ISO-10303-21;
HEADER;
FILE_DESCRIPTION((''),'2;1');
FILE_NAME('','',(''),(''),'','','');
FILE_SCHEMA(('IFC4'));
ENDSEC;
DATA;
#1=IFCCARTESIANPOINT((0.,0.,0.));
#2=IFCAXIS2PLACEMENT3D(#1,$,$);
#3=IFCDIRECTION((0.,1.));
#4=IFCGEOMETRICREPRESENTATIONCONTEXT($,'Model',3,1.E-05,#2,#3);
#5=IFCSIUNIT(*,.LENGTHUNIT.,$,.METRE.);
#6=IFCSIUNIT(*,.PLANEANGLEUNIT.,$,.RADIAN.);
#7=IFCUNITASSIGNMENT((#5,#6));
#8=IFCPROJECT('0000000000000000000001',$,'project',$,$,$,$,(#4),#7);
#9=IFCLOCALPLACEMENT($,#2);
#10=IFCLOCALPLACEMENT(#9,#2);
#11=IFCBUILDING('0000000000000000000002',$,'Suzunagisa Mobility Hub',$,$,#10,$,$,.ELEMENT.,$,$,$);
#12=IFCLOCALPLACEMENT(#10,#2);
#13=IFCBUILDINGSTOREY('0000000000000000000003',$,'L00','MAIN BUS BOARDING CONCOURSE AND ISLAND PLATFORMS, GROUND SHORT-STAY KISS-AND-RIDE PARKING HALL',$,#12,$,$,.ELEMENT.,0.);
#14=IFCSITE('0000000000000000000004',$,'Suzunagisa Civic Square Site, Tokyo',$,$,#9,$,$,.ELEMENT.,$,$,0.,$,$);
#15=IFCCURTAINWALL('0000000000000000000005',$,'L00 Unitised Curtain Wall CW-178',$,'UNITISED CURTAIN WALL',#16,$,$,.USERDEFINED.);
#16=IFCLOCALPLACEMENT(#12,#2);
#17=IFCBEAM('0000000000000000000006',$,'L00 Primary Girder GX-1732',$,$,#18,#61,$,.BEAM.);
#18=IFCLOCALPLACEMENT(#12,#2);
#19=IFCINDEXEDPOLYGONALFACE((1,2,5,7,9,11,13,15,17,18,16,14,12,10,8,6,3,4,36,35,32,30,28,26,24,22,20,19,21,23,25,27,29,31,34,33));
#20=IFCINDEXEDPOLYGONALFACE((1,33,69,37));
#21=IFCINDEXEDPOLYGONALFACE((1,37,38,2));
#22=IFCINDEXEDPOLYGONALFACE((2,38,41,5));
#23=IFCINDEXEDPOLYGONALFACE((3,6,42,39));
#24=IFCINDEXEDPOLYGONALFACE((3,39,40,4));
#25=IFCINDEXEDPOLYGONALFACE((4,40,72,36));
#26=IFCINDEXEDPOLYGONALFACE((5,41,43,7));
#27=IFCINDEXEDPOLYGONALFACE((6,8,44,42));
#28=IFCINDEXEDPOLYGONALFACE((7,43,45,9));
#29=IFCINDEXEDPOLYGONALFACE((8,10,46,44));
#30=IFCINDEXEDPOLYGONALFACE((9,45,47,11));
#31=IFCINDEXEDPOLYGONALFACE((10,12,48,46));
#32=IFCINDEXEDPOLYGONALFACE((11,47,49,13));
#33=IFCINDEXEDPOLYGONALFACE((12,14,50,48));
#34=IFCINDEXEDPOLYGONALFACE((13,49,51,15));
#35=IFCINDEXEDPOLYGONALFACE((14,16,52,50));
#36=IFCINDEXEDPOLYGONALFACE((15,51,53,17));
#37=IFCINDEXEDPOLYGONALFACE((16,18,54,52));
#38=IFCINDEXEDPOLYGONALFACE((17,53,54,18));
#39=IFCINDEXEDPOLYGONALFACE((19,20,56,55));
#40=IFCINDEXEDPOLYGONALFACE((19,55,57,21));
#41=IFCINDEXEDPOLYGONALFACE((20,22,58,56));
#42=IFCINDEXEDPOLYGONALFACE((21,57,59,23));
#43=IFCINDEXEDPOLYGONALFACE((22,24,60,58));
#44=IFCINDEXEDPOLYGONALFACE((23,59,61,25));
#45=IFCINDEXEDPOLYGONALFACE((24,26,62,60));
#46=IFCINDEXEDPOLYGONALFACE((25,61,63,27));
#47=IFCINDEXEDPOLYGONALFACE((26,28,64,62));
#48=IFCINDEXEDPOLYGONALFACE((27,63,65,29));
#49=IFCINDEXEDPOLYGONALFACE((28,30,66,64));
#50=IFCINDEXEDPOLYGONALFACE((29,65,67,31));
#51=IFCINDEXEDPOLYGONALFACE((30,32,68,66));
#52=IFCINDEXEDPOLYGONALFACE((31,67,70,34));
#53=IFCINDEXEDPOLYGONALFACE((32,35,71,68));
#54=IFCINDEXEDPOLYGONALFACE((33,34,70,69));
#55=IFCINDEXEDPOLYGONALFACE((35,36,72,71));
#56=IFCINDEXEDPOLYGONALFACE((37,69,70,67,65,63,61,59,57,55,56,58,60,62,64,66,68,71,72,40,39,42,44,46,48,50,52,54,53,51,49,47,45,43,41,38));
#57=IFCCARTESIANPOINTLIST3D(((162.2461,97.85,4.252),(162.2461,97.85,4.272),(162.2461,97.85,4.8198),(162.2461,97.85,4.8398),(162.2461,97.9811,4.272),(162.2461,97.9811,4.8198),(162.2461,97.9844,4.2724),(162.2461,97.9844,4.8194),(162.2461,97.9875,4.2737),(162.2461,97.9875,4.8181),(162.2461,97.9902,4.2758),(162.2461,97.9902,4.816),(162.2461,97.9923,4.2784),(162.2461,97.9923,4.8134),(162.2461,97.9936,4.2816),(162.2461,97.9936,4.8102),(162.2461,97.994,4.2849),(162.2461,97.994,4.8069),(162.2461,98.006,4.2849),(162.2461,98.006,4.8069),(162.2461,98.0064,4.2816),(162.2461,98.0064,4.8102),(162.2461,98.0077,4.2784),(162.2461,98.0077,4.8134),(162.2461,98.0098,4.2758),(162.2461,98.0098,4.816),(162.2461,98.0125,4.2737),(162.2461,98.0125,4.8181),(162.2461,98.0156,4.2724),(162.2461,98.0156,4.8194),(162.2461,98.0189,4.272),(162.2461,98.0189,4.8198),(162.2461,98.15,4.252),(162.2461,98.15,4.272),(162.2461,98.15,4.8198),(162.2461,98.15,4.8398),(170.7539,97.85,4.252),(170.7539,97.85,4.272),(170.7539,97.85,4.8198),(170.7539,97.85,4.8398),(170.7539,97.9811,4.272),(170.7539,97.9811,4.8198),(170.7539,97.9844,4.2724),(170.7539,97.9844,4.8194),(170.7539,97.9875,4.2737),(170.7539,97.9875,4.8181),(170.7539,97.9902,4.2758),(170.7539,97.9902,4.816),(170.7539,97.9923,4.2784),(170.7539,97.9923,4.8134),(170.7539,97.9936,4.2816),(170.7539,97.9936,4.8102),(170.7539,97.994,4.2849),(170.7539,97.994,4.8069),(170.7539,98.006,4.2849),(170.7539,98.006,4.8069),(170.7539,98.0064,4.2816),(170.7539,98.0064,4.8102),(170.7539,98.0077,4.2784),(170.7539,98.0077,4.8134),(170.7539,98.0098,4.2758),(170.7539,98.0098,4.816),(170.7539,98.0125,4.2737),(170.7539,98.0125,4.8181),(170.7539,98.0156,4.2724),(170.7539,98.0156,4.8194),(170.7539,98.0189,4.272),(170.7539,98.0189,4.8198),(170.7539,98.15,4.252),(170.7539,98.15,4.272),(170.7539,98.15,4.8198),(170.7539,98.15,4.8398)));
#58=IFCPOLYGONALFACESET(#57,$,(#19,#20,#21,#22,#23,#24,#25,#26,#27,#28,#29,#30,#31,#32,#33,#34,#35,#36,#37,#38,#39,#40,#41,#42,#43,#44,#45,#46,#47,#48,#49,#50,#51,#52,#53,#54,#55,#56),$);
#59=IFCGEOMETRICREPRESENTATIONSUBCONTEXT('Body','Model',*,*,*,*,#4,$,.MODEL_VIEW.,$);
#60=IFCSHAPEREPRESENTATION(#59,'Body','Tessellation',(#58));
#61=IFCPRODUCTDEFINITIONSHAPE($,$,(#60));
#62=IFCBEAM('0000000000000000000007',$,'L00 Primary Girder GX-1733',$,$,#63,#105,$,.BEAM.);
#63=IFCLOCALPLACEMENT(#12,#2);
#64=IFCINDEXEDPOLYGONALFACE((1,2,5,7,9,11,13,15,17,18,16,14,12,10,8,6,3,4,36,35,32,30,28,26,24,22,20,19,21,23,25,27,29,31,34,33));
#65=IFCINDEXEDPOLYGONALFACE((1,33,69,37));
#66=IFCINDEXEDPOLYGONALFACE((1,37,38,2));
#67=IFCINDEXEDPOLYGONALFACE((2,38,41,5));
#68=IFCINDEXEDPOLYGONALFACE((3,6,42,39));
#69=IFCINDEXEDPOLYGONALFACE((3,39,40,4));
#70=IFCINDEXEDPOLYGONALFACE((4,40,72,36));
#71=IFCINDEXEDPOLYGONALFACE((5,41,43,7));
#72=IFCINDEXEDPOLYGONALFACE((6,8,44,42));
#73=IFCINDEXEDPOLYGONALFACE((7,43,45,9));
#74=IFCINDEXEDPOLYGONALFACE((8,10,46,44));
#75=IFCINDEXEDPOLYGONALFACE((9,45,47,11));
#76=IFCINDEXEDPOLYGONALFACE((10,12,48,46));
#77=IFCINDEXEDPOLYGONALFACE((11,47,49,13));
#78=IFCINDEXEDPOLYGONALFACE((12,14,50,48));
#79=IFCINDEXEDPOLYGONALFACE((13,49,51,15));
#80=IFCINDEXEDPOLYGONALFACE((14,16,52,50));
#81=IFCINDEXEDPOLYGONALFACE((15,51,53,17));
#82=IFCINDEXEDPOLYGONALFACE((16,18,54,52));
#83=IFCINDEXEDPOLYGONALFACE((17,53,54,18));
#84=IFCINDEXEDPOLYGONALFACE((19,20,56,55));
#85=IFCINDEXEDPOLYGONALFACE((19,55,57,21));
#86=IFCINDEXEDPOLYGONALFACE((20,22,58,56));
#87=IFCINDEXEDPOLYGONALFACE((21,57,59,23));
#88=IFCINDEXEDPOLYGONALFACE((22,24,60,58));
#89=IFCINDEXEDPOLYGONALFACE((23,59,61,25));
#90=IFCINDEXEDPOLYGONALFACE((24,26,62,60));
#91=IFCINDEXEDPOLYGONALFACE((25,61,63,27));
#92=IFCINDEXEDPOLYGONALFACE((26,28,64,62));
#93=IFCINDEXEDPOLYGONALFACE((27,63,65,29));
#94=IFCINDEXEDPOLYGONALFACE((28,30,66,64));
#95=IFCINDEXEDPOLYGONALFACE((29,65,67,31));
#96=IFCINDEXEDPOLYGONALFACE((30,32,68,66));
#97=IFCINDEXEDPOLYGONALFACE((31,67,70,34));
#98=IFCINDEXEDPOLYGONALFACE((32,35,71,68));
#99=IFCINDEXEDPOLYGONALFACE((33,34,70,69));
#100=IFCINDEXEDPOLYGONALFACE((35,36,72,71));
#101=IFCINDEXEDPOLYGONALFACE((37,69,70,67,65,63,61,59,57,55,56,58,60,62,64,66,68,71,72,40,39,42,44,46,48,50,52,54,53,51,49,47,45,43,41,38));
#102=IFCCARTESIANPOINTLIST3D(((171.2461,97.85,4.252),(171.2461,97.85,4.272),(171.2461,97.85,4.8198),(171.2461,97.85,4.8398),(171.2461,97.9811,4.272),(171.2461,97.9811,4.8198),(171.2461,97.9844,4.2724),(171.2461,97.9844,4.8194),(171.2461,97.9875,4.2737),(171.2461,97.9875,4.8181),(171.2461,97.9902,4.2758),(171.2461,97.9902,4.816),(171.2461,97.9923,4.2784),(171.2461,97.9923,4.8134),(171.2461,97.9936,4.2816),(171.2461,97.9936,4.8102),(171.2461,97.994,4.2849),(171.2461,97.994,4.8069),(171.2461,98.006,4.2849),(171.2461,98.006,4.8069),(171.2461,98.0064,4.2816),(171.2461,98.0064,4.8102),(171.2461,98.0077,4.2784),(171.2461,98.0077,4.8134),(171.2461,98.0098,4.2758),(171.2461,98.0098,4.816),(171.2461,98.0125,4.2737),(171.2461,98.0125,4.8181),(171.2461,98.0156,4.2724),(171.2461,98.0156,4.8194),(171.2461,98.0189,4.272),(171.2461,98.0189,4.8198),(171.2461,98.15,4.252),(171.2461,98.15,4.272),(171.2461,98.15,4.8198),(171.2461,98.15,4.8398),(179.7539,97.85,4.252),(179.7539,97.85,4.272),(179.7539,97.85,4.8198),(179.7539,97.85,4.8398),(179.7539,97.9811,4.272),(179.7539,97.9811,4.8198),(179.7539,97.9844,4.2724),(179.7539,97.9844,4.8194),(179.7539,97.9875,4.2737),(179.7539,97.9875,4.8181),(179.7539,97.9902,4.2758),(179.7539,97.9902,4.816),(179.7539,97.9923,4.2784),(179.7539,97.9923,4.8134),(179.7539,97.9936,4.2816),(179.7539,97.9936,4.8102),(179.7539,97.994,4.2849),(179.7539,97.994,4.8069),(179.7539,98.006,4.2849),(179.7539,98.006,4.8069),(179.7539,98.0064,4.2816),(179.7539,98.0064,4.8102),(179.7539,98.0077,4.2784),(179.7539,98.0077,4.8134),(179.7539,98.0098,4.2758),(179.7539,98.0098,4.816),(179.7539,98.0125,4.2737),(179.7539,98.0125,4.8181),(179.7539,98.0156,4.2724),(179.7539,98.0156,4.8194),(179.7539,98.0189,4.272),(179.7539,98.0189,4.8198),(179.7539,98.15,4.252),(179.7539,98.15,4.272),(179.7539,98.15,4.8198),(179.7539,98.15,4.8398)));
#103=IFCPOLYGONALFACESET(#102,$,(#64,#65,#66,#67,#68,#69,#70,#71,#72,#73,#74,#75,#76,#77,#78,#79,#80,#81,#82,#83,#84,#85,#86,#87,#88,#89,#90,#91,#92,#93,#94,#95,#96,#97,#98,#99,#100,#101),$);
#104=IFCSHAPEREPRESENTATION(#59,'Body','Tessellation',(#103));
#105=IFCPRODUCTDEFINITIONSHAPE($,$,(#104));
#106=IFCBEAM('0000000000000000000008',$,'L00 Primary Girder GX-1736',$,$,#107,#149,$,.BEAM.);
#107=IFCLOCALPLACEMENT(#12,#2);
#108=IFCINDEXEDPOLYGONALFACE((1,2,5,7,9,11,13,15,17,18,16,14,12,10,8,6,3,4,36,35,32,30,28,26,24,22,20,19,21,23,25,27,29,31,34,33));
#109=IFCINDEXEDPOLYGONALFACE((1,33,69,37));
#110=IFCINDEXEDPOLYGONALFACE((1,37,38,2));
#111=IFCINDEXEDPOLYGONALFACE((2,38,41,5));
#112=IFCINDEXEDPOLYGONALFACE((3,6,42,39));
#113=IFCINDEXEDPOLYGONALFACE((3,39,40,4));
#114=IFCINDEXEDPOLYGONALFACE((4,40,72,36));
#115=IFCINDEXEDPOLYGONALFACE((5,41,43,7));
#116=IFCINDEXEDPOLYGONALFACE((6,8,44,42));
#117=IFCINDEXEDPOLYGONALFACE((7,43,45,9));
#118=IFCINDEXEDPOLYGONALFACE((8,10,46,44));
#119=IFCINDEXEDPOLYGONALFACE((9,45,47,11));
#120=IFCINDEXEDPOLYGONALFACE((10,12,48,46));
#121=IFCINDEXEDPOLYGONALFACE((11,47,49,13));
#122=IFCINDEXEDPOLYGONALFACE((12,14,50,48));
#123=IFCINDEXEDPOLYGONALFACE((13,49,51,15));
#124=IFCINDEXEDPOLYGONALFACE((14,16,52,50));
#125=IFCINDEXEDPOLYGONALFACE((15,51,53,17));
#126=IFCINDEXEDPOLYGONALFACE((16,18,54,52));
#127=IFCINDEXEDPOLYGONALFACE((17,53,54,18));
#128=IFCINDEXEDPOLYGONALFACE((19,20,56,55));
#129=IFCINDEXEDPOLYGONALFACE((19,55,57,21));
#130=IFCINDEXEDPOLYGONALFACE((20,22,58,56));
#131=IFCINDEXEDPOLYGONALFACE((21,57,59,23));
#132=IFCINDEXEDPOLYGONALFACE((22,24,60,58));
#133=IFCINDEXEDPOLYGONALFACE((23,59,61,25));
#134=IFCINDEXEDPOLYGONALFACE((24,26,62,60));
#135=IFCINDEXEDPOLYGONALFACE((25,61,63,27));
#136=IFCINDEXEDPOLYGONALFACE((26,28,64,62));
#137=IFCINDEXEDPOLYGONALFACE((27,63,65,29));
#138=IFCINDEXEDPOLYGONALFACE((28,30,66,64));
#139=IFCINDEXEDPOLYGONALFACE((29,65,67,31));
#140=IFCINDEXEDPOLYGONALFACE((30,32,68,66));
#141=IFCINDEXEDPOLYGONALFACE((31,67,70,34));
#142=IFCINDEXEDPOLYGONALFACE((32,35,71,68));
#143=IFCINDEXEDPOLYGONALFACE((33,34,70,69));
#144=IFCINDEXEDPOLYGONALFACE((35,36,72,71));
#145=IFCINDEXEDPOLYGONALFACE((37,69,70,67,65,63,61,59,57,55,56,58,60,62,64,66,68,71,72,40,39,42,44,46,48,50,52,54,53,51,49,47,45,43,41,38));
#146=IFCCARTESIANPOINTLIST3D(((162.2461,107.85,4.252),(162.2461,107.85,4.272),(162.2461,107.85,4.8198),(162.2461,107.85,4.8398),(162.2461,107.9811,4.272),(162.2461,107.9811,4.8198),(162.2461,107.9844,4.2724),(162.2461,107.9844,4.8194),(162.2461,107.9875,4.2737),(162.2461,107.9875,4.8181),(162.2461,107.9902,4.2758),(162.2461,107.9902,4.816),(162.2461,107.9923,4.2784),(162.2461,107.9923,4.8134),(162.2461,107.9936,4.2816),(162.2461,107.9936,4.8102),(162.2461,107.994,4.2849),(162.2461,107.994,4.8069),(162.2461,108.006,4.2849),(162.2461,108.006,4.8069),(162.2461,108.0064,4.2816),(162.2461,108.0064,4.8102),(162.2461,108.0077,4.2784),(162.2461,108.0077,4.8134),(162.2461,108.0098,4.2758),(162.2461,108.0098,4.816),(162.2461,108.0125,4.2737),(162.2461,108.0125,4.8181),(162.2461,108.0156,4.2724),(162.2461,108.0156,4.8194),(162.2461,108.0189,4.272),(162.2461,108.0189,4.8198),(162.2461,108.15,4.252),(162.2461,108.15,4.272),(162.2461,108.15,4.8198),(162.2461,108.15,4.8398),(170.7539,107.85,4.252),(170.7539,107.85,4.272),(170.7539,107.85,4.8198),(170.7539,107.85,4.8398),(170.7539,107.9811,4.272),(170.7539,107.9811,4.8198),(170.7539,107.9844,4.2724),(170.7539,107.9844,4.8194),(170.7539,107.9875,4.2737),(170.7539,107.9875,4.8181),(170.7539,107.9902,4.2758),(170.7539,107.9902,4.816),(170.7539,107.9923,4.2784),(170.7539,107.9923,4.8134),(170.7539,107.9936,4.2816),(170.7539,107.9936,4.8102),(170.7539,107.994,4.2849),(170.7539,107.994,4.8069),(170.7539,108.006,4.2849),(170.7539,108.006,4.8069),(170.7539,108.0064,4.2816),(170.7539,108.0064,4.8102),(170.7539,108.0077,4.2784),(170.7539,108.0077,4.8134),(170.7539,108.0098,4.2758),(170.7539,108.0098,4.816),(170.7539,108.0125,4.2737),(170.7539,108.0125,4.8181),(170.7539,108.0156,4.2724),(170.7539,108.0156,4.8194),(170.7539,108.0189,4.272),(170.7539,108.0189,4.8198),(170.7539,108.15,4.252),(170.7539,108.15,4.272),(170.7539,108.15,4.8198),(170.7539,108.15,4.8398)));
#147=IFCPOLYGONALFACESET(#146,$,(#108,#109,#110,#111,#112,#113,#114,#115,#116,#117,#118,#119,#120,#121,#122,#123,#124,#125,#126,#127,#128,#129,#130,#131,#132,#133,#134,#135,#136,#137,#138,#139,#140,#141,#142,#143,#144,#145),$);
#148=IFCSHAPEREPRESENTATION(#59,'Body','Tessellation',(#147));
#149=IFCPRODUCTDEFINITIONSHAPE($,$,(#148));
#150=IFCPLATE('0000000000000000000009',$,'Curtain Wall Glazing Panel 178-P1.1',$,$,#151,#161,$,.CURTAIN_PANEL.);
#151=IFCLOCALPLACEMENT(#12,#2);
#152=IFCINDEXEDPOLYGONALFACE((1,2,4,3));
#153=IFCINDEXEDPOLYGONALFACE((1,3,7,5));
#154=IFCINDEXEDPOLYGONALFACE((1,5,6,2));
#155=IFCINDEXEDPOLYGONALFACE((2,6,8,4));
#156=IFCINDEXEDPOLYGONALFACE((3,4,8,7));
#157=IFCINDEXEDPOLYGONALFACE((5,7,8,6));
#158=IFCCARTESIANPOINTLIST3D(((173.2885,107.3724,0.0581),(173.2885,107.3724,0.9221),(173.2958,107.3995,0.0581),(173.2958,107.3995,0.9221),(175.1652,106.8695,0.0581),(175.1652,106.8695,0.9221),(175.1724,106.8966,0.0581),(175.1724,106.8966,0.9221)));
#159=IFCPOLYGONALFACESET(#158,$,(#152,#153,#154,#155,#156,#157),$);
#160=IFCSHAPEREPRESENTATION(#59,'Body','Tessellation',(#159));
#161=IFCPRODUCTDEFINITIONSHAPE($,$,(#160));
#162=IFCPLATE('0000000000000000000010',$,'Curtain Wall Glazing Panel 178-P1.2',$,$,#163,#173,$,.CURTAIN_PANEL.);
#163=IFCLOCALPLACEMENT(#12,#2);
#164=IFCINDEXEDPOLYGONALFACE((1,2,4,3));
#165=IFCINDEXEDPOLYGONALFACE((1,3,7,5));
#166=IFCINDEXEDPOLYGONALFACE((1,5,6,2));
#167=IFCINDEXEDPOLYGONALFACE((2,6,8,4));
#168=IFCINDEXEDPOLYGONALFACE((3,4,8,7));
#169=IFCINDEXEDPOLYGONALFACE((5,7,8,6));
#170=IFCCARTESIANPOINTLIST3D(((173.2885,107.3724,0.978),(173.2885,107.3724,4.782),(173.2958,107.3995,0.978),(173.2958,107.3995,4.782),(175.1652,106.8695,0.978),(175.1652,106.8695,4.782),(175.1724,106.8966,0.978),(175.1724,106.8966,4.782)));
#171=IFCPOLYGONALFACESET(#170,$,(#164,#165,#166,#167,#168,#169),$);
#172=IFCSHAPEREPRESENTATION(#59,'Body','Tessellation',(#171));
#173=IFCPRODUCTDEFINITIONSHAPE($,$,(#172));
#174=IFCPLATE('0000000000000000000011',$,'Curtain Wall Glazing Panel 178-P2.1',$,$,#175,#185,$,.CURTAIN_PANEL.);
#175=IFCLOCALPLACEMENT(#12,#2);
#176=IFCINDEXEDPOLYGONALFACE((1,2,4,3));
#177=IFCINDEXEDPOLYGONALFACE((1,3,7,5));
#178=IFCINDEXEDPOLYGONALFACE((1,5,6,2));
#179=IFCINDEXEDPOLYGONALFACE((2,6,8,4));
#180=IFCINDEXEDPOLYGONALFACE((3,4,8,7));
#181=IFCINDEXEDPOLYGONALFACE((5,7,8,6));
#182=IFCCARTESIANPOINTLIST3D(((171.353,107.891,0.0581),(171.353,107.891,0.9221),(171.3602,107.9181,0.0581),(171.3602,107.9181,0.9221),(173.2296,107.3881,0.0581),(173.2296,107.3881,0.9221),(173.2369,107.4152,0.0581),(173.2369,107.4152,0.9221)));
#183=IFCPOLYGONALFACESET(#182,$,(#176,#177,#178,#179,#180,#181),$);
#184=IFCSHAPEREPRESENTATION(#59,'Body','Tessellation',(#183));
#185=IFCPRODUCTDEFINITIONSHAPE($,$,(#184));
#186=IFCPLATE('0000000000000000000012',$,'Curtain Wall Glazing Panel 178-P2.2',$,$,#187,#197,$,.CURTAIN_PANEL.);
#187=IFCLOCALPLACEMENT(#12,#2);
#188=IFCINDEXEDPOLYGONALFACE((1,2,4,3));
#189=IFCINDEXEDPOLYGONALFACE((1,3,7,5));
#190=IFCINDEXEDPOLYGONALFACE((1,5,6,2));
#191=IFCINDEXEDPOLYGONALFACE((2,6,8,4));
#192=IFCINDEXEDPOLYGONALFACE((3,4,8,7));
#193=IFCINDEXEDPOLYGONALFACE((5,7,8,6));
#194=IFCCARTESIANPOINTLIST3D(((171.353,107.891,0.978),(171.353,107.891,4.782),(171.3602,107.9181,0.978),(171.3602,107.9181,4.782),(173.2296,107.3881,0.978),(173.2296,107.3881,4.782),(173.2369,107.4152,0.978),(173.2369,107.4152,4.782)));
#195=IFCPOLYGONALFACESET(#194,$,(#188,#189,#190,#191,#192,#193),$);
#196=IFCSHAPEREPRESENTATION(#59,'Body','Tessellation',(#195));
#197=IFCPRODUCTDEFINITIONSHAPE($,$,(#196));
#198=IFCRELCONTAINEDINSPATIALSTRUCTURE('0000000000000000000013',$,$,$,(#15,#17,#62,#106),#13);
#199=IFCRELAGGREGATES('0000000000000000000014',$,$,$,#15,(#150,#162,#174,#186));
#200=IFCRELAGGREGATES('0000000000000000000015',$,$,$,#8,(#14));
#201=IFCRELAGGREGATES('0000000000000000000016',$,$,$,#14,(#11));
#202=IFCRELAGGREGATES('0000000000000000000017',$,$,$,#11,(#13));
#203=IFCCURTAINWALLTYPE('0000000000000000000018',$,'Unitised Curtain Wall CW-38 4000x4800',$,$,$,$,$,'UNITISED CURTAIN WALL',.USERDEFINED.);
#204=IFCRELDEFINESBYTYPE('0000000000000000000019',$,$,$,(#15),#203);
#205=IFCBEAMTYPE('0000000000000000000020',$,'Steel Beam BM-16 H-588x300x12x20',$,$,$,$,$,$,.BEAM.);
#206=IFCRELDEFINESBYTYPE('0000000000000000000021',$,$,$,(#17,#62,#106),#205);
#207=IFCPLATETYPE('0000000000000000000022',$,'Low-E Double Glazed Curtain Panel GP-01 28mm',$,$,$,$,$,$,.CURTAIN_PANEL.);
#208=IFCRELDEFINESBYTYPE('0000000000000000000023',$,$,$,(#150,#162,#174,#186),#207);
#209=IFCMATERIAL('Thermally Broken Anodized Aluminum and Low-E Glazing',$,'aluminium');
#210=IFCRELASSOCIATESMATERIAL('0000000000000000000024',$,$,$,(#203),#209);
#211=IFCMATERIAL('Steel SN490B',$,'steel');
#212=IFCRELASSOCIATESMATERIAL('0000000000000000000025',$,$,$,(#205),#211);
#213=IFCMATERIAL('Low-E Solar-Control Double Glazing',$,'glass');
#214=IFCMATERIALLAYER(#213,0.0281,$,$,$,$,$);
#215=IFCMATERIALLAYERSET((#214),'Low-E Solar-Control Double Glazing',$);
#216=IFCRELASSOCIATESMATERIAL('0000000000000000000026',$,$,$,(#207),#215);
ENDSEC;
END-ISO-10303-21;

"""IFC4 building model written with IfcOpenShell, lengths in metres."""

from ifc_helpers import new_model, si_unit, direction, frame, origin, origin_2d, place, context, subcontext, project, spatial, rectangle, i_section, extrude, material, layer, layer_set, material_profile, profile_set, type_object, element, aggregate, save


model = new_model("IFC4")

# Units and contexts
model_context = context("Model", 3, precision=1e-05, world=origin(), true_north=direction((0.0, 1.0)))
body_context = subcontext(model_context, "Body", "Model", "MODEL_VIEW")
ifc_project = project(units=[si_unit("LENGTHUNIT", "METRE"), si_unit("PLANEANGLEUNIT", "RADIAN")], contexts=[model_context])

# Site, building, storey
site_placement = place(None, origin())
site = spatial("IfcSite", under=ifc_project, at=site_placement, Name="Suzunagisa Civic Square Site, Tokyo", CompositionType="ELEMENT", RefElevation=0.0)
building_placement = place(site_placement, origin())
building = spatial("IfcBuilding", under=site, at=building_placement, Name="Suzunagisa Mobility Hub", CompositionType="ELEMENT")
storey_placement = place(building_placement, origin())
storey = spatial("IfcBuildingStorey", under=building, at=storey_placement, Name="L00", Description="MAIN BUS BOARDING CONCOURSE AND ISLAND PLATFORMS, GROUND SHORT-STAY KISS-AND-RIDE PARKING HALL", CompositionType="ELEMENT", Elevation=0.0)

# Shared definitions
ifc_material_1 = material(Name="Steel SN490B", Category="steel")

# Curtain wall
ifc_material_2 = material(Name="Thermally Broken Anodized Aluminum and Low-E Glazing", Category="aluminium")
curtain_wall_type_1 = type_object("IfcCurtainWallType", Name="Unitised Curtain Wall CW-38 4000x4800", ElementType="UNITISED CURTAIN WALL", PredefinedType="USERDEFINED", material=ifc_material_2)
curtain_wall_1_placement = place(storey_placement, origin())
curtain_wall_1 = element("IfcCurtainWall", 1, at=curtain_wall_1_placement, inside=storey, type_object=curtain_wall_type_1, Name="L00 Unitised Curtain Wall CW-178", ObjectType="UNITISED CURTAIN WALL", PredefinedType="USERDEFINED")

# Beams
ifc_material_profile_1 = material_profile(ifc_material_1, i_section(OverallWidth=0.3, OverallDepth=0.5879, WebThickness=0.012, FlangeThickness=0.02, FilletRadius=0.0129, at=origin_2d()), Name="H-588x300x12x20")
ifc_profile_set_1 = profile_set([ifc_material_profile_1], Name="Steel SN490B")
beam_type_1 = type_object("IfcBeamType", Name="Steel Beam BM-16 H-588x300x12x20", PredefinedType="BEAM", material=ifc_profile_set_1)
for number, where, z_axis, x_axis, name in (
    (2, (162.2461, 98.0, 4.5459), (1.0, 0.0, 0.0), (0.0, 1.0, 0.0), "L00 Primary Girder GX-1732"),
    (3, (171.2461, 98.0, 4.5459), (1.0, 0.0, 0.0), (0.0, 1.0, 0.0), "L00 Primary Girder GX-1733"),
    (4, (162.2461, 108.0, 4.5459), (1.0, 0.0, 0.0), (0.0, 1.0, 0.0), "L00 Primary Girder GX-1736"),
):
    element("IfcBeam", number, at=place(storey_placement, frame(where, z_axis=z_axis, x_axis=x_axis)), inside=storey, type_object=beam_type_1, Name=name, PredefinedType="BEAM", context=body_context, shape_type="SweptSolid", body=[
        extrude(i_section(OverallWidth=0.3, OverallDepth=0.5879, WebThickness=0.012, FlangeThickness=0.02, FilletRadius=0.0129, at=origin_2d()), origin(), (0.0, 0.0, 1.0), 8.5078),
    ])

# Plates
ifc_material_3 = material(Name="Low-E Solar-Control Double Glazing", Category="glass")
ifc_layer_1 = layer(ifc_material_3, 0.0281)
ifc_layer_set_1 = layer_set([ifc_layer_1], Name="Low-E Solar-Control Double Glazing")
plate_type = type_object("IfcPlateType", Name="Low-E Double Glazed Curtain Panel GP-01 28mm", PredefinedType="CURTAIN_PANEL", material=ifc_layer_set_1)
plate_1_placement = place(storey_placement, frame((174.2305, 107.1345, 0.0581), z_axis=(0.0, 0.0, 1.0), x_axis=(-0.965923, 0.258829, 0.0)))
plate_1 = element("IfcPlate", 5, at=plate_1_placement, type_object=plate_type, Name="Curtain Wall Glazing Panel 178-P1.1", PredefinedType="CURTAIN_PANEL", context=body_context, shape_type="SweptSolid", body=[
    extrude(rectangle(XDim=1.9429, YDim=0.0281, at=origin_2d()), origin(), (0.0, 0.0, 1.0), 0.864),
])
plate_2_placement = place(storey_placement, frame((174.2305, 107.1345, 0.978), z_axis=(0.0, 0.0, 1.0), x_axis=(-0.965923, 0.258829, 0.0)))
plate_2 = element("IfcPlate", 6, at=plate_2_placement, type_object=plate_type, Name="Curtain Wall Glazing Panel 178-P1.2", PredefinedType="CURTAIN_PANEL", context=body_context, shape_type="SweptSolid", body=[
    extrude(rectangle(XDim=1.9429, YDim=0.0281, at=origin_2d()), origin(), (0.0, 0.0, 1.0), 3.804),
])
plate_3_placement = place(storey_placement, frame((172.2949, 107.6531, 0.0581), z_axis=(0.0, 0.0, 1.0), x_axis=(-0.965923, 0.258829, 0.0)))
plate_3 = element("IfcPlate", 7, at=plate_3_placement, type_object=plate_type, Name="Curtain Wall Glazing Panel 178-P2.1", PredefinedType="CURTAIN_PANEL", context=body_context, shape_type="SweptSolid", body=[
    extrude(rectangle(XDim=1.9429, YDim=0.0281, at=origin_2d()), origin(), (0.0, 0.0, 1.0), 0.864),
])
plate_4_placement = place(storey_placement, frame((172.2949, 107.6531, 0.978), z_axis=(0.0, 0.0, 1.0), x_axis=(-0.965923, 0.258829, 0.0)))
plate_4 = element("IfcPlate", 8, at=plate_4_placement, type_object=plate_type, Name="Curtain Wall Glazing Panel 178-P2.2", PredefinedType="CURTAIN_PANEL", context=body_context, shape_type="SweptSolid", body=[
    extrude(rectangle(XDim=1.9429, YDim=0.0281, at=origin_2d()), origin(), (0.0, 0.0, 1.0), 3.804),
])
aggregate(curtain_wall_1, [plate_1, plate_2, plate_3, plate_4])

save(model, "model.ifc")
